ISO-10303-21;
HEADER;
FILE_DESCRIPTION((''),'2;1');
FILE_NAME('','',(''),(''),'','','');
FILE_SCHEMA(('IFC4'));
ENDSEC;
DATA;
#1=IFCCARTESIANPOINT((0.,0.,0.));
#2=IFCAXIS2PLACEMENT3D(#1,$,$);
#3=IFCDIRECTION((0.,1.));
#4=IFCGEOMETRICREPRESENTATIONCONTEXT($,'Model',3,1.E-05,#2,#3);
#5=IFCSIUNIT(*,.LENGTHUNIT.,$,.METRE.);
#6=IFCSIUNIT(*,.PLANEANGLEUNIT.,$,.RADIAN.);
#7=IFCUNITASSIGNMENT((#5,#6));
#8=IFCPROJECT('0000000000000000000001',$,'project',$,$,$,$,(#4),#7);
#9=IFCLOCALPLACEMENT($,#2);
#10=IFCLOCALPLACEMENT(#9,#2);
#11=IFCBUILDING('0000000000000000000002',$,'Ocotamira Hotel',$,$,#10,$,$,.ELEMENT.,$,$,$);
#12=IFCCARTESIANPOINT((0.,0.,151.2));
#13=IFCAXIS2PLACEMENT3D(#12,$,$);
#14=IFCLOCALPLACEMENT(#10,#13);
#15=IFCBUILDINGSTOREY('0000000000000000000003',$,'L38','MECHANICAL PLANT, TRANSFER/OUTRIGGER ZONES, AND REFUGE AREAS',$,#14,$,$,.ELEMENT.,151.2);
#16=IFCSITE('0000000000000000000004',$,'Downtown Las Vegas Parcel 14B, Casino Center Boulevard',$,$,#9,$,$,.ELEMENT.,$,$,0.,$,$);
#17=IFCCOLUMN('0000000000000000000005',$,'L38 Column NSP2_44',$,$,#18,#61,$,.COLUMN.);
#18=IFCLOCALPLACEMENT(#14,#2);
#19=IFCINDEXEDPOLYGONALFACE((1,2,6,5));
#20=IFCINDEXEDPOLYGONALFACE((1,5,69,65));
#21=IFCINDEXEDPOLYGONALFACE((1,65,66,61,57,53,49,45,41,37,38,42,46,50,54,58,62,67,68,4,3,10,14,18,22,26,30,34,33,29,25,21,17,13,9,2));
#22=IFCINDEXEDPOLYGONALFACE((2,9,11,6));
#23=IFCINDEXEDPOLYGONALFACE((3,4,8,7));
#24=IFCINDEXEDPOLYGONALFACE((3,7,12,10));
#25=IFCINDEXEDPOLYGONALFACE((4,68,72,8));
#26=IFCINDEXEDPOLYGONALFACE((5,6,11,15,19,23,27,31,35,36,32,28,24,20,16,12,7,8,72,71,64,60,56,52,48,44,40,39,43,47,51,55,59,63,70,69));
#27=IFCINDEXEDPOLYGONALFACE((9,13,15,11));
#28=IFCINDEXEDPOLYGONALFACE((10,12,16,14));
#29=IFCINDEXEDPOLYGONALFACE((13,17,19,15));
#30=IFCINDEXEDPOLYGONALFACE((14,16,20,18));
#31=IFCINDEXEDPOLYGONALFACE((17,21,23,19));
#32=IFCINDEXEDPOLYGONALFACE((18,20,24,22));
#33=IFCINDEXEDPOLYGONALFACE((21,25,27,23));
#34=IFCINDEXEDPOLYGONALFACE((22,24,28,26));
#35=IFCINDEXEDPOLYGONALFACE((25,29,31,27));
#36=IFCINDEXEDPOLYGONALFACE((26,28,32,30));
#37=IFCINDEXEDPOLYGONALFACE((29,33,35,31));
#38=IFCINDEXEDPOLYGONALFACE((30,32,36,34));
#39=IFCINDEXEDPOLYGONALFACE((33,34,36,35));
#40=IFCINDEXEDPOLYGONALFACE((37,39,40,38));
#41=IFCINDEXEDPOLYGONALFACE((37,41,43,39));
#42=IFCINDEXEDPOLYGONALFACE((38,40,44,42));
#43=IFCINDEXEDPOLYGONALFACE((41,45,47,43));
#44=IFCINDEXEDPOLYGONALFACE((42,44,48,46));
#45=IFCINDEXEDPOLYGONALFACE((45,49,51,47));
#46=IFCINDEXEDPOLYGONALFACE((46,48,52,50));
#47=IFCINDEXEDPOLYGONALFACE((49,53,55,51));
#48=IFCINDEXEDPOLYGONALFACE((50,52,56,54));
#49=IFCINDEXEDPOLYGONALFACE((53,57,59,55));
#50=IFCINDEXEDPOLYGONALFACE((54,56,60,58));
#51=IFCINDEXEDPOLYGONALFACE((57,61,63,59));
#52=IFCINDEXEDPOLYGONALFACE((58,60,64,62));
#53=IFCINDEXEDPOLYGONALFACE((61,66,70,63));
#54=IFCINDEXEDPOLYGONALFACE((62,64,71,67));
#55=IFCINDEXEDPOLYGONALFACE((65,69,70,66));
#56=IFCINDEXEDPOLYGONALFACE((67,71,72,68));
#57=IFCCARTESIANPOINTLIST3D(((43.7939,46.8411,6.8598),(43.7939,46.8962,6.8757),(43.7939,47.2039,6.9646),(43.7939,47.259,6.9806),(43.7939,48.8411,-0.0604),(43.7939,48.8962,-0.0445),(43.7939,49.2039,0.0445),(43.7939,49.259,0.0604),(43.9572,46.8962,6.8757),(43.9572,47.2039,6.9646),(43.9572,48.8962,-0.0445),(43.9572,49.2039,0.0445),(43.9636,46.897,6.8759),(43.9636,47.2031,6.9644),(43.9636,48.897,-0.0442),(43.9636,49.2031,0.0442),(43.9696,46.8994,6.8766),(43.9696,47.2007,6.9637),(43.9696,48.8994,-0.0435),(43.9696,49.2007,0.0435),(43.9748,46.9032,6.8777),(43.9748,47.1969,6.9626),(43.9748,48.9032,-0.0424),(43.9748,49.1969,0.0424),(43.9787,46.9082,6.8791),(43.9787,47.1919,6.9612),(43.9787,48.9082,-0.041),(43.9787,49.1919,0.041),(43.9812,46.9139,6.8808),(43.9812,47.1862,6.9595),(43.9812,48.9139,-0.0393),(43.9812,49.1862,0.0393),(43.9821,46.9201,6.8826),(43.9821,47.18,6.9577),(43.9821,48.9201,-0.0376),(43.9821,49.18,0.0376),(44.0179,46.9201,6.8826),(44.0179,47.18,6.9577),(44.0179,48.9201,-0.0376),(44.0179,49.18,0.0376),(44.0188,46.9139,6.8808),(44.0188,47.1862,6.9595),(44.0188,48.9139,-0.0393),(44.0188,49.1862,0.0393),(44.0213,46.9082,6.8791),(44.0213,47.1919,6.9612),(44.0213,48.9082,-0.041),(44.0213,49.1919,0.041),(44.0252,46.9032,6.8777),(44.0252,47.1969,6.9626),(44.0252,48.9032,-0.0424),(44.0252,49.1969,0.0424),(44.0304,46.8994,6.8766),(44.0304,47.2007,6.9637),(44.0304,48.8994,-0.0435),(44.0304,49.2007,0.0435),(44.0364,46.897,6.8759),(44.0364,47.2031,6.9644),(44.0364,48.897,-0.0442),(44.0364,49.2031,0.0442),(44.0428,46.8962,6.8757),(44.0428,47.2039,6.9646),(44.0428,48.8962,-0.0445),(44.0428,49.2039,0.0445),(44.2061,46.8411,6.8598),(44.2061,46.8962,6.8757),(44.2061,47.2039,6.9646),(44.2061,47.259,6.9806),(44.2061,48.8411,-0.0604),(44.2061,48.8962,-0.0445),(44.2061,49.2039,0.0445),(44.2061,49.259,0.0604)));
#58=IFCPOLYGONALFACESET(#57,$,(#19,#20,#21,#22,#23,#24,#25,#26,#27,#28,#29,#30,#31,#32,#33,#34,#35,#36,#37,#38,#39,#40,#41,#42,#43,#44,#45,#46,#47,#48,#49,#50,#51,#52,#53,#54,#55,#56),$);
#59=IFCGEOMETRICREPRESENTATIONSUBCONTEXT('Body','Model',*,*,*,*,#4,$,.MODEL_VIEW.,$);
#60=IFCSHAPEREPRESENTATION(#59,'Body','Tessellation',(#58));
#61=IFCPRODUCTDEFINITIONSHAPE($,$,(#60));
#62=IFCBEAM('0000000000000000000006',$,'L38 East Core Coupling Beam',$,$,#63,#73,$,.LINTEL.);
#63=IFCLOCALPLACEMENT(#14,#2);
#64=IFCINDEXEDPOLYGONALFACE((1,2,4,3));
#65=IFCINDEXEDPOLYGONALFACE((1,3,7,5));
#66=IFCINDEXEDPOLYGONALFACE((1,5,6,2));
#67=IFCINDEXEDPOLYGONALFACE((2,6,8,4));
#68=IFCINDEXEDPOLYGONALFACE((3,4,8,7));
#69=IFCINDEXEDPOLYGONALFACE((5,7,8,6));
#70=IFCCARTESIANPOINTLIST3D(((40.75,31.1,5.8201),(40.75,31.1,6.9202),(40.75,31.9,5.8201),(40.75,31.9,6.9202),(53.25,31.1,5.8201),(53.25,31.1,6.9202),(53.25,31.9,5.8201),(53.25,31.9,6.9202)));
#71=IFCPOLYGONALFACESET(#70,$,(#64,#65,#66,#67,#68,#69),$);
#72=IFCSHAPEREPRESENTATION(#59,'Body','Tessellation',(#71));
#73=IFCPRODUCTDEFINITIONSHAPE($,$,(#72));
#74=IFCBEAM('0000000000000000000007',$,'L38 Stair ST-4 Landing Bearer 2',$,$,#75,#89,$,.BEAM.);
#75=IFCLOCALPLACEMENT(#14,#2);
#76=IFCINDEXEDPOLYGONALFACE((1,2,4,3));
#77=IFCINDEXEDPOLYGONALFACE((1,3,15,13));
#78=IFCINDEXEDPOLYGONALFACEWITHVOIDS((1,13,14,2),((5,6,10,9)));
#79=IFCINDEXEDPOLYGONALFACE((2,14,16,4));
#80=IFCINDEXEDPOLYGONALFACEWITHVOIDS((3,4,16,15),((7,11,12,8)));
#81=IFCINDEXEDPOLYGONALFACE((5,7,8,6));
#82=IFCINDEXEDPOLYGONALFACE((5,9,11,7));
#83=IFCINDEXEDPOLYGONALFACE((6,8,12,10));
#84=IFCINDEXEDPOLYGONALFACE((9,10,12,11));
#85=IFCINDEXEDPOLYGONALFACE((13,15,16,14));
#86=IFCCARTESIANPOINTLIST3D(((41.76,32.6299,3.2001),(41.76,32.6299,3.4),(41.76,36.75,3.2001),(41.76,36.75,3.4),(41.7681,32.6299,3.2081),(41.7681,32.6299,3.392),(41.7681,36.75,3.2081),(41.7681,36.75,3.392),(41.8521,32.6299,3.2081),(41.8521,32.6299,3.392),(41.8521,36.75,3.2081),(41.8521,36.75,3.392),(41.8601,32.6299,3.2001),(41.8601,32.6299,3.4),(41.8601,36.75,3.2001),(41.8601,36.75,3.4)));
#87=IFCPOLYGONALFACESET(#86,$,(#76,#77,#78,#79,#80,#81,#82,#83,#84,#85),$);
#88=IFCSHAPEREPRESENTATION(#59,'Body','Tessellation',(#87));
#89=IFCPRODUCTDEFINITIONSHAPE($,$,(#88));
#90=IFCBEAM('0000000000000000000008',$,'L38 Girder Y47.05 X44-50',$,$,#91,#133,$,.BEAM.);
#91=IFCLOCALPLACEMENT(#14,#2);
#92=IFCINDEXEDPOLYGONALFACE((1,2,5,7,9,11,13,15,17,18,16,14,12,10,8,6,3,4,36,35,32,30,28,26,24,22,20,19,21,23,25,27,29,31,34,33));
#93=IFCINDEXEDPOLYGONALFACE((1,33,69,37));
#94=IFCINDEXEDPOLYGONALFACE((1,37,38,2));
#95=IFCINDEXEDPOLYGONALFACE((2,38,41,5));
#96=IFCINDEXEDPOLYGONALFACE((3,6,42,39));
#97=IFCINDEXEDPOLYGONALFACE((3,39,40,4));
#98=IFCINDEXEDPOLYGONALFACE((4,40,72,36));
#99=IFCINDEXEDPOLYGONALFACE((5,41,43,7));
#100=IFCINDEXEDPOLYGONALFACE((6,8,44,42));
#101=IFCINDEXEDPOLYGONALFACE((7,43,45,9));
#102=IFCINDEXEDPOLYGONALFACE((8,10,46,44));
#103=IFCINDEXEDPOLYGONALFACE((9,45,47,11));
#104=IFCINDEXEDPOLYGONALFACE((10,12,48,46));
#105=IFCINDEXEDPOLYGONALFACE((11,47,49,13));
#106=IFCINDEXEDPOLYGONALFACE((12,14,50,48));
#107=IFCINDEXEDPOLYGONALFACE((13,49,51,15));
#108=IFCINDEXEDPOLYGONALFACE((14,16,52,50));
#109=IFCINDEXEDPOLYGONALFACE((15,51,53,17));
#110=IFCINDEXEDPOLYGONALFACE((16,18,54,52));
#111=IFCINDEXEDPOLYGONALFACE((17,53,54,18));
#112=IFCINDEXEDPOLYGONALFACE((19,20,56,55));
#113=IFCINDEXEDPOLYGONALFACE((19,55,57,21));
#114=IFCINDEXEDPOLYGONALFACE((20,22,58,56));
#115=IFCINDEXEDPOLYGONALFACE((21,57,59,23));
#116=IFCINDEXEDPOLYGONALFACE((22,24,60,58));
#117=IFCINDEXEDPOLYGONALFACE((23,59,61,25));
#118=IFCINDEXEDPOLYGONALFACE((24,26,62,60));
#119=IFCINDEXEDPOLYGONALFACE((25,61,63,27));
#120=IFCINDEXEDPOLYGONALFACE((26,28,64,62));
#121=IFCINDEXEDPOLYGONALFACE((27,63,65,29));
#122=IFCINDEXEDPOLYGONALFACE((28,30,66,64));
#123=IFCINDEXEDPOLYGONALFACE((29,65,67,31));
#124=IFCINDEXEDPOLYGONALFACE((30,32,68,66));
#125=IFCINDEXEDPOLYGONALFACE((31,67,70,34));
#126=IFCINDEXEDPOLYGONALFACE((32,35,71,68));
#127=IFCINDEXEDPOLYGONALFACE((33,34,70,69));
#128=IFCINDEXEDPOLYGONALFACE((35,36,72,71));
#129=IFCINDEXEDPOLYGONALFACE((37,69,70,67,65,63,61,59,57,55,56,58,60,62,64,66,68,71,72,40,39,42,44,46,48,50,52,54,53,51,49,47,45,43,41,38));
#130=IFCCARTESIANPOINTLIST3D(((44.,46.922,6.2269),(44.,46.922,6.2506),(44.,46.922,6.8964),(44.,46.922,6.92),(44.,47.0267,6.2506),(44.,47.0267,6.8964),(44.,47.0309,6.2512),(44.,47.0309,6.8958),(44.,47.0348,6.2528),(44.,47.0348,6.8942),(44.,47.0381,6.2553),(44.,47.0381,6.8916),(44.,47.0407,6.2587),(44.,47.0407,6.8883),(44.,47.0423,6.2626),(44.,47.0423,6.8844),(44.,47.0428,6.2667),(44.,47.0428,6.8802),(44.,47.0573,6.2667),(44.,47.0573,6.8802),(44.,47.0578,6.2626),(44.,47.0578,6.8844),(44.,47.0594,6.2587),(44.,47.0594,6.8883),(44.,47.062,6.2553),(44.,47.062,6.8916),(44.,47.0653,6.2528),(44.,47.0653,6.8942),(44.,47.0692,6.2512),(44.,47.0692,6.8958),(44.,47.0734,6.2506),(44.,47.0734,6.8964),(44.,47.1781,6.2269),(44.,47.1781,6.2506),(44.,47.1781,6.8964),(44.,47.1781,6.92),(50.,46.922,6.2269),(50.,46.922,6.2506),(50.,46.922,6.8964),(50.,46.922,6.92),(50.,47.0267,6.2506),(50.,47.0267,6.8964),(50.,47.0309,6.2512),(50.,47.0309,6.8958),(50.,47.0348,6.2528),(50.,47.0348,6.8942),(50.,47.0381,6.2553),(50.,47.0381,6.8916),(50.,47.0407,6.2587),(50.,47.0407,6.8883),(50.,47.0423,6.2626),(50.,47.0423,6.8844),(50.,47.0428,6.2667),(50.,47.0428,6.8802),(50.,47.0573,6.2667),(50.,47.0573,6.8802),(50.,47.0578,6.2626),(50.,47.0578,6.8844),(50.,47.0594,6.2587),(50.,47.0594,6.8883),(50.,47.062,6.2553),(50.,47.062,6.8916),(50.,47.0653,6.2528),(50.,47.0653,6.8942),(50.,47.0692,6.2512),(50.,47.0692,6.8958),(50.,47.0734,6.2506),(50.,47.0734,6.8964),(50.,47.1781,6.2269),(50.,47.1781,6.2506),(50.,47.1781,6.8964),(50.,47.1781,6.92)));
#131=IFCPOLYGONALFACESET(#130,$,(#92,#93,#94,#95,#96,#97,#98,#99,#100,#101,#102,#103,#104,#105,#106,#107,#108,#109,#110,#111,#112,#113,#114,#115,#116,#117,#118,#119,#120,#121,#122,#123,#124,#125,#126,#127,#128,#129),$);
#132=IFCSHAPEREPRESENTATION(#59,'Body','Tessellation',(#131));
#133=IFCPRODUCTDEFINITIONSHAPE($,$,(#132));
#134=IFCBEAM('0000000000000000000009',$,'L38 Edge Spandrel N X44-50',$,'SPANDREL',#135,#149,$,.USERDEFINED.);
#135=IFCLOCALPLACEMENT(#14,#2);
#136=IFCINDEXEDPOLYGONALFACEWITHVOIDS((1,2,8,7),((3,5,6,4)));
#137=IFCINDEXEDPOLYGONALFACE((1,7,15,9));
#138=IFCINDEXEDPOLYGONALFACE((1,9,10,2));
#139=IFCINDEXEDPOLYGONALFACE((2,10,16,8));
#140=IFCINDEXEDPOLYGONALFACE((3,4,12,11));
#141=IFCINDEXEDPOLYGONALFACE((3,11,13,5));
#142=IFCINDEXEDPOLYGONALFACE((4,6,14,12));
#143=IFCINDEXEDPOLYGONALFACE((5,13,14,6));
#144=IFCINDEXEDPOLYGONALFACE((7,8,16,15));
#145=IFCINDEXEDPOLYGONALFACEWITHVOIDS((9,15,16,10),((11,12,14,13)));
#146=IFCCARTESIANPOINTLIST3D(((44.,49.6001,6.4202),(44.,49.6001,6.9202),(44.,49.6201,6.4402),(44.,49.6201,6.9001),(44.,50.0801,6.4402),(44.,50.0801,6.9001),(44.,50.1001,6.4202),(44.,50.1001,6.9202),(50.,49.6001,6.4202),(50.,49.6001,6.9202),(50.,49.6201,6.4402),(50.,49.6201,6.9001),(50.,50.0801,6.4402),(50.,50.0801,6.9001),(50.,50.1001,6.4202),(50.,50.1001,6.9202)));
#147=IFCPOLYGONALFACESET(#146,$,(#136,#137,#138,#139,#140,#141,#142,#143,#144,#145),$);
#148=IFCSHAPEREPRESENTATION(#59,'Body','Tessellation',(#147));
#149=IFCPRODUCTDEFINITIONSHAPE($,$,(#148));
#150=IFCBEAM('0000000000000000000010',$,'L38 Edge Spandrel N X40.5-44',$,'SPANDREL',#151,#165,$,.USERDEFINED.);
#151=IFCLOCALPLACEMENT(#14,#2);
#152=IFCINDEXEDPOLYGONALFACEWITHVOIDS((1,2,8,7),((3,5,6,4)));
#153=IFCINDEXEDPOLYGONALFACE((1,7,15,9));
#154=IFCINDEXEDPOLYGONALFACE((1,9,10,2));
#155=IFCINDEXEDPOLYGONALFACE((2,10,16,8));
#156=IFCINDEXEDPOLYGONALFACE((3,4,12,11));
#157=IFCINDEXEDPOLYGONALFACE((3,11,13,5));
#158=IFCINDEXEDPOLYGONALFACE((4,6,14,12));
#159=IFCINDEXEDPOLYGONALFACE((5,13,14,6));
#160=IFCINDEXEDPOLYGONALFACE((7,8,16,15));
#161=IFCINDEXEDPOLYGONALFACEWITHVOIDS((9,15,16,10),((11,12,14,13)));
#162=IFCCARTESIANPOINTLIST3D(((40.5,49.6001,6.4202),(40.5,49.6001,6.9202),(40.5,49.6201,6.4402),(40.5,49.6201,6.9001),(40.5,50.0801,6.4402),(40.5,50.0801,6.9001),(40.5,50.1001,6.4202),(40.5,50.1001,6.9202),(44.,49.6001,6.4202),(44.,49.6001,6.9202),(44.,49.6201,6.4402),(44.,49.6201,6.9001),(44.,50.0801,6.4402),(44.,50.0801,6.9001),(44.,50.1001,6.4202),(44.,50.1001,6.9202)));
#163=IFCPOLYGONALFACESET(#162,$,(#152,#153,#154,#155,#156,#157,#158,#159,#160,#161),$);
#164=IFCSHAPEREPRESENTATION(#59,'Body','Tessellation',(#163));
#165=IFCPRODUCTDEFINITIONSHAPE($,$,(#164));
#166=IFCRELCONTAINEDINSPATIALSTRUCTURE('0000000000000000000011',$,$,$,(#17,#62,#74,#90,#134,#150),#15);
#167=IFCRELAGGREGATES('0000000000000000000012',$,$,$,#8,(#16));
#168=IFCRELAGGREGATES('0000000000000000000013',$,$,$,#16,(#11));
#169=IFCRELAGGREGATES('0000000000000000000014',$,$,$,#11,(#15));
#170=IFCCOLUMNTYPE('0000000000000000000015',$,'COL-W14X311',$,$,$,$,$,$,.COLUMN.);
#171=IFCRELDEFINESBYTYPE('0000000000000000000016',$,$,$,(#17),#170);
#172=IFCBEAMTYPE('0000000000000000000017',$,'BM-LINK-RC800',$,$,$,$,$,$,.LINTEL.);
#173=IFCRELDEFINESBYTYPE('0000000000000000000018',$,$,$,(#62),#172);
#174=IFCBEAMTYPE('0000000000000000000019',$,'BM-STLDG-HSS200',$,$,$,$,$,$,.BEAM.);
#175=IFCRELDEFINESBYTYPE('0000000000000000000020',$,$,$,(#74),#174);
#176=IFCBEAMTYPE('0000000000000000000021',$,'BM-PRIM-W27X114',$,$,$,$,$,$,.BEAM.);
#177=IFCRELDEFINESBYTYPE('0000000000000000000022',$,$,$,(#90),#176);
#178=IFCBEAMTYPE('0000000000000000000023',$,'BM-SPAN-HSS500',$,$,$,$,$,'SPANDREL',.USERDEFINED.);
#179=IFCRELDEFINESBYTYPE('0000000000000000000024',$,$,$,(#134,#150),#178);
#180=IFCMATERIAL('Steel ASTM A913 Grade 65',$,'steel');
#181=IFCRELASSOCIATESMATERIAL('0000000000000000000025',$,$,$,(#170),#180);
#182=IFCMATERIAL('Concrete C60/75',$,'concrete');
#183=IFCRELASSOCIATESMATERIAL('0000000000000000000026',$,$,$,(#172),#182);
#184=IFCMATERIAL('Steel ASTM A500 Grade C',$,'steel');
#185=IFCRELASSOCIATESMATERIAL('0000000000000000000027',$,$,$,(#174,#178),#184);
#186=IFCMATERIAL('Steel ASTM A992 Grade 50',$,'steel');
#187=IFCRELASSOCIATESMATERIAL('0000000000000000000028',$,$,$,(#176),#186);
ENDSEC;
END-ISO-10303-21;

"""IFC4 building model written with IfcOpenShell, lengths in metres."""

from ifc_helpers import new_model, si_unit, direction, frame, origin, origin_2d, place, context, subcontext, project, spatial, rectangle, hollow_rectangle, i_section, extrude, source, transform, mapped, material, material_profile, profile_set, type_object, element, save


model = new_model("IFC4")

# Units and contexts
model_context = context("Model", 3, precision=1e-05, world=origin(), true_north=direction((0.0, 1.0)))
body_context = subcontext(model_context, "Body", "Model", "MODEL_VIEW")
ifc_project = project(units=[si_unit("LENGTHUNIT", "METRE"), si_unit("PLANEANGLEUNIT", "RADIAN")], contexts=[model_context])

# Site, building, storey
site_placement = place(None, origin())
site = spatial("IfcSite", under=ifc_project, at=site_placement, Name="Downtown Las Vegas Parcel 14B, Casino Center Boulevard", CompositionType="ELEMENT", RefElevation=0.0)
building_placement = place(site_placement, origin())
building = spatial("IfcBuilding", under=site, at=building_placement, Name="Ocotamira Hotel", CompositionType="ELEMENT")
storey_placement = place(building_placement, frame((0.0, 0.0, 151.2)))
storey = spatial("IfcBuildingStorey", under=building, at=storey_placement, Name="L38", Description="MECHANICAL PLANT, TRANSFER/OUTRIGGER ZONES, AND REFUGE AREAS", CompositionType="ELEMENT", Elevation=151.2)

# Column
ifc_material_1 = material(Name="Steel ASTM A913 Grade 65", Category="steel")
ifc_material_profile_1 = material_profile(ifc_material_1, i_section(OverallWidth=0.4121, OverallDepth=0.4351, WebThickness=0.0359, FlangeThickness=0.0574, FilletRadius=0.0249, at=origin_2d()), Name="W14X311")
ifc_profile_set_1 = profile_set([ifc_material_profile_1], Name="Steel ASTM A913 Grade 65")
column_type = type_object("IfcColumnType", Name="COL-W14X311", PredefinedType="COLUMN", material=ifc_profile_set_1)
shared_shape_1 = source(origin(), body_context, "Body", "SweptSolid", [
    extrude(i_section(OverallWidth=0.4121, OverallDepth=0.4351, WebThickness=0.0359, FlangeThickness=0.0574, FilletRadius=0.0249, at=origin_2d()), origin(), (0.0, 0.0, 1.0), 7.2034),
])
column_placement = place(storey_placement, frame((44.0, 49.05, 0.0), z_axis=(0.0, -0.277647, 0.960683), x_axis=(1.0, 0.0, 0.0)))
element("IfcColumn", 1, at=column_placement, inside=storey, type_object=column_type, Name="L38 Column NSP2_44", PredefinedType="COLUMN", context=body_context, shape_type="MappedRepresentation", body=[
    mapped(shared_shape_1, transform((0.0, 0.0, 0.0), scale=1.0)),
])

# Beams
ifc_material_2 = material(Name="Concrete C60/75", Category="concrete")
ifc_material_profile_2 = material_profile(ifc_material_2, rectangle(XDim=0.8, YDim=1.1001, at=origin_2d()), Name="RC800X1100")
ifc_profile_set_2 = profile_set([ifc_material_profile_2], Name="Concrete C60/75")
beam_type_1 = type_object("IfcBeamType", Name="BM-LINK-RC800", PredefinedType="LINTEL", material=ifc_profile_set_2)
shared_shape_2 = source(origin(), body_context, "Body", "SweptSolid", [
    extrude(rectangle(XDim=0.8, YDim=1.1001, at=origin_2d()), origin(), (0.0, 0.0, 1.0), 12.5),
])
beam_1_placement = place(storey_placement, frame((40.75, 31.5, 6.3701), z_axis=(1.0, 0.0, 0.0), x_axis=(0.0, 1.0, 0.0)))
element("IfcBeam", 2, at=beam_1_placement, inside=storey, type_object=beam_type_1, Name="L38 East Core Coupling Beam", PredefinedType="LINTEL", context=body_context, shape_type="MappedRepresentation", body=[
    mapped(shared_shape_2, transform((0.0, 0.0, 0.0), scale=1.0)),
])
ifc_material_3 = material(Name="Steel ASTM A500 Grade C", Category="steel")
ifc_material_profile_3 = material_profile(ifc_material_3, hollow_rectangle(XDim=0.1001, YDim=0.2, WallThickness=0.0081, at=origin_2d()), Name="HSS200X100X8")
ifc_profile_set_3 = profile_set([ifc_material_profile_3], Name="Steel ASTM A500 Grade C")
beam_type_2 = type_object("IfcBeamType", Name="BM-STLDG-HSS200", PredefinedType="BEAM", material=ifc_profile_set_3)
shared_shape_3 = source(origin(), body_context, "Body", "SweptSolid", [
    extrude(hollow_rectangle(XDim=0.1001, YDim=0.2, WallThickness=0.0081, at=origin_2d()), origin(), (0.0, 0.0, 1.0), 4.1201),
])
beam_2_placement = place(storey_placement, frame((41.8101, 32.6299, 3.3), z_axis=(0.0, 1.0, 0.0), x_axis=(-1.0, 0.0, 0.0)))
element("IfcBeam", 3, at=beam_2_placement, inside=storey, type_object=beam_type_2, Name="L38 Stair ST-4 Landing Bearer 2", PredefinedType="BEAM", context=body_context, shape_type="MappedRepresentation", body=[
    mapped(shared_shape_3, transform((0.0, 0.0, 0.0), scale=1.0)),
])
ifc_material_4 = material(Name="Steel ASTM A992 Grade 50", Category="steel")
ifc_material_profile_4 = material_profile(ifc_material_4, i_section(OverallWidth=0.2561, OverallDepth=0.6931, WebThickness=0.0144, FlangeThickness=0.0237, FilletRadius=0.0161, at=origin_2d()), Name="W27X114")
ifc_profile_set_4 = profile_set([ifc_material_profile_4], Name="Steel ASTM A992 Grade 50")
beam_type_3 = type_object("IfcBeamType", Name="BM-PRIM-W27X114", PredefinedType="BEAM", material=ifc_profile_set_4)
shared_shape_4 = source(origin(), body_context, "Body", "SweptSolid", [
    extrude(i_section(OverallWidth=0.2561, OverallDepth=0.6931, WebThickness=0.0144, FlangeThickness=0.0237, FilletRadius=0.0161, at=origin_2d()), origin(), (0.0, 0.0, 1.0), 6.0),
])
beam_3_placement = place(storey_placement, frame((44.0, 47.05, 6.5735), z_axis=(1.0, 0.0, 0.0), x_axis=(0.0, 1.0, 0.0)))
element("IfcBeam", 4, at=beam_3_placement, inside=storey, type_object=beam_type_3, Name="L38 Girder Y47.05 X44-50", PredefinedType="BEAM", context=body_context, shape_type="MappedRepresentation", body=[
    mapped(shared_shape_4, transform((0.0, 0.0, 0.0), scale=1.0)),
])
ifc_material_profile_5 = material_profile(ifc_material_3, hollow_rectangle(XDim=0.5, YDim=0.5, WallThickness=0.02, at=origin_2d()), Name="HSS500X500X20")
ifc_profile_set_5 = profile_set([ifc_material_profile_5], Name="Steel ASTM A500 Grade C")
beam_type_4 = type_object("IfcBeamType", Name="BM-SPAN-HSS500", ElementType="SPANDREL", PredefinedType="USERDEFINED", material=ifc_profile_set_5)
shared_shape_5 = source(origin(), body_context, "Body", "SweptSolid", [
    extrude(hollow_rectangle(XDim=0.5, YDim=0.5, WallThickness=0.02, at=origin_2d()), origin(), (0.0, 0.0, 1.0), 6.0),
])
beam_4_placement = place(storey_placement, frame((44.0, 49.8501, 6.6702), z_axis=(1.0, 0.0, 0.0), x_axis=(0.0, 1.0, 0.0)))
element("IfcBeam", 5, at=beam_4_placement, inside=storey, type_object=beam_type_4, Name="L38 Edge Spandrel N X44-50", ObjectType="SPANDREL", PredefinedType="USERDEFINED", context=body_context, shape_type="MappedRepresentation", body=[
    mapped(shared_shape_5, transform((0.0, 0.0, 0.0), scale=1.0)),
])
shared_shape_6 = source(origin(), body_context, "Body", "SweptSolid", [
    extrude(hollow_rectangle(XDim=0.5, YDim=0.5, WallThickness=0.02, at=origin_2d()), origin(), (0.0, 0.0, 1.0), 3.5),
])
beam_5_placement = place(storey_placement, frame((40.5, 49.8501, 6.6702), z_axis=(1.0, 0.0, 0.0), x_axis=(0.0, 1.0, 0.0)))
element("IfcBeam", 6, at=beam_5_placement, inside=storey, type_object=beam_type_4, Name="L38 Edge Spandrel N X40.5-44", ObjectType="SPANDREL", PredefinedType="USERDEFINED", context=body_context, shape_type="MappedRepresentation", body=[
    mapped(shared_shape_6, transform((0.0, 0.0, 0.0), scale=1.0)),
])

save(model, "model.ifc")
